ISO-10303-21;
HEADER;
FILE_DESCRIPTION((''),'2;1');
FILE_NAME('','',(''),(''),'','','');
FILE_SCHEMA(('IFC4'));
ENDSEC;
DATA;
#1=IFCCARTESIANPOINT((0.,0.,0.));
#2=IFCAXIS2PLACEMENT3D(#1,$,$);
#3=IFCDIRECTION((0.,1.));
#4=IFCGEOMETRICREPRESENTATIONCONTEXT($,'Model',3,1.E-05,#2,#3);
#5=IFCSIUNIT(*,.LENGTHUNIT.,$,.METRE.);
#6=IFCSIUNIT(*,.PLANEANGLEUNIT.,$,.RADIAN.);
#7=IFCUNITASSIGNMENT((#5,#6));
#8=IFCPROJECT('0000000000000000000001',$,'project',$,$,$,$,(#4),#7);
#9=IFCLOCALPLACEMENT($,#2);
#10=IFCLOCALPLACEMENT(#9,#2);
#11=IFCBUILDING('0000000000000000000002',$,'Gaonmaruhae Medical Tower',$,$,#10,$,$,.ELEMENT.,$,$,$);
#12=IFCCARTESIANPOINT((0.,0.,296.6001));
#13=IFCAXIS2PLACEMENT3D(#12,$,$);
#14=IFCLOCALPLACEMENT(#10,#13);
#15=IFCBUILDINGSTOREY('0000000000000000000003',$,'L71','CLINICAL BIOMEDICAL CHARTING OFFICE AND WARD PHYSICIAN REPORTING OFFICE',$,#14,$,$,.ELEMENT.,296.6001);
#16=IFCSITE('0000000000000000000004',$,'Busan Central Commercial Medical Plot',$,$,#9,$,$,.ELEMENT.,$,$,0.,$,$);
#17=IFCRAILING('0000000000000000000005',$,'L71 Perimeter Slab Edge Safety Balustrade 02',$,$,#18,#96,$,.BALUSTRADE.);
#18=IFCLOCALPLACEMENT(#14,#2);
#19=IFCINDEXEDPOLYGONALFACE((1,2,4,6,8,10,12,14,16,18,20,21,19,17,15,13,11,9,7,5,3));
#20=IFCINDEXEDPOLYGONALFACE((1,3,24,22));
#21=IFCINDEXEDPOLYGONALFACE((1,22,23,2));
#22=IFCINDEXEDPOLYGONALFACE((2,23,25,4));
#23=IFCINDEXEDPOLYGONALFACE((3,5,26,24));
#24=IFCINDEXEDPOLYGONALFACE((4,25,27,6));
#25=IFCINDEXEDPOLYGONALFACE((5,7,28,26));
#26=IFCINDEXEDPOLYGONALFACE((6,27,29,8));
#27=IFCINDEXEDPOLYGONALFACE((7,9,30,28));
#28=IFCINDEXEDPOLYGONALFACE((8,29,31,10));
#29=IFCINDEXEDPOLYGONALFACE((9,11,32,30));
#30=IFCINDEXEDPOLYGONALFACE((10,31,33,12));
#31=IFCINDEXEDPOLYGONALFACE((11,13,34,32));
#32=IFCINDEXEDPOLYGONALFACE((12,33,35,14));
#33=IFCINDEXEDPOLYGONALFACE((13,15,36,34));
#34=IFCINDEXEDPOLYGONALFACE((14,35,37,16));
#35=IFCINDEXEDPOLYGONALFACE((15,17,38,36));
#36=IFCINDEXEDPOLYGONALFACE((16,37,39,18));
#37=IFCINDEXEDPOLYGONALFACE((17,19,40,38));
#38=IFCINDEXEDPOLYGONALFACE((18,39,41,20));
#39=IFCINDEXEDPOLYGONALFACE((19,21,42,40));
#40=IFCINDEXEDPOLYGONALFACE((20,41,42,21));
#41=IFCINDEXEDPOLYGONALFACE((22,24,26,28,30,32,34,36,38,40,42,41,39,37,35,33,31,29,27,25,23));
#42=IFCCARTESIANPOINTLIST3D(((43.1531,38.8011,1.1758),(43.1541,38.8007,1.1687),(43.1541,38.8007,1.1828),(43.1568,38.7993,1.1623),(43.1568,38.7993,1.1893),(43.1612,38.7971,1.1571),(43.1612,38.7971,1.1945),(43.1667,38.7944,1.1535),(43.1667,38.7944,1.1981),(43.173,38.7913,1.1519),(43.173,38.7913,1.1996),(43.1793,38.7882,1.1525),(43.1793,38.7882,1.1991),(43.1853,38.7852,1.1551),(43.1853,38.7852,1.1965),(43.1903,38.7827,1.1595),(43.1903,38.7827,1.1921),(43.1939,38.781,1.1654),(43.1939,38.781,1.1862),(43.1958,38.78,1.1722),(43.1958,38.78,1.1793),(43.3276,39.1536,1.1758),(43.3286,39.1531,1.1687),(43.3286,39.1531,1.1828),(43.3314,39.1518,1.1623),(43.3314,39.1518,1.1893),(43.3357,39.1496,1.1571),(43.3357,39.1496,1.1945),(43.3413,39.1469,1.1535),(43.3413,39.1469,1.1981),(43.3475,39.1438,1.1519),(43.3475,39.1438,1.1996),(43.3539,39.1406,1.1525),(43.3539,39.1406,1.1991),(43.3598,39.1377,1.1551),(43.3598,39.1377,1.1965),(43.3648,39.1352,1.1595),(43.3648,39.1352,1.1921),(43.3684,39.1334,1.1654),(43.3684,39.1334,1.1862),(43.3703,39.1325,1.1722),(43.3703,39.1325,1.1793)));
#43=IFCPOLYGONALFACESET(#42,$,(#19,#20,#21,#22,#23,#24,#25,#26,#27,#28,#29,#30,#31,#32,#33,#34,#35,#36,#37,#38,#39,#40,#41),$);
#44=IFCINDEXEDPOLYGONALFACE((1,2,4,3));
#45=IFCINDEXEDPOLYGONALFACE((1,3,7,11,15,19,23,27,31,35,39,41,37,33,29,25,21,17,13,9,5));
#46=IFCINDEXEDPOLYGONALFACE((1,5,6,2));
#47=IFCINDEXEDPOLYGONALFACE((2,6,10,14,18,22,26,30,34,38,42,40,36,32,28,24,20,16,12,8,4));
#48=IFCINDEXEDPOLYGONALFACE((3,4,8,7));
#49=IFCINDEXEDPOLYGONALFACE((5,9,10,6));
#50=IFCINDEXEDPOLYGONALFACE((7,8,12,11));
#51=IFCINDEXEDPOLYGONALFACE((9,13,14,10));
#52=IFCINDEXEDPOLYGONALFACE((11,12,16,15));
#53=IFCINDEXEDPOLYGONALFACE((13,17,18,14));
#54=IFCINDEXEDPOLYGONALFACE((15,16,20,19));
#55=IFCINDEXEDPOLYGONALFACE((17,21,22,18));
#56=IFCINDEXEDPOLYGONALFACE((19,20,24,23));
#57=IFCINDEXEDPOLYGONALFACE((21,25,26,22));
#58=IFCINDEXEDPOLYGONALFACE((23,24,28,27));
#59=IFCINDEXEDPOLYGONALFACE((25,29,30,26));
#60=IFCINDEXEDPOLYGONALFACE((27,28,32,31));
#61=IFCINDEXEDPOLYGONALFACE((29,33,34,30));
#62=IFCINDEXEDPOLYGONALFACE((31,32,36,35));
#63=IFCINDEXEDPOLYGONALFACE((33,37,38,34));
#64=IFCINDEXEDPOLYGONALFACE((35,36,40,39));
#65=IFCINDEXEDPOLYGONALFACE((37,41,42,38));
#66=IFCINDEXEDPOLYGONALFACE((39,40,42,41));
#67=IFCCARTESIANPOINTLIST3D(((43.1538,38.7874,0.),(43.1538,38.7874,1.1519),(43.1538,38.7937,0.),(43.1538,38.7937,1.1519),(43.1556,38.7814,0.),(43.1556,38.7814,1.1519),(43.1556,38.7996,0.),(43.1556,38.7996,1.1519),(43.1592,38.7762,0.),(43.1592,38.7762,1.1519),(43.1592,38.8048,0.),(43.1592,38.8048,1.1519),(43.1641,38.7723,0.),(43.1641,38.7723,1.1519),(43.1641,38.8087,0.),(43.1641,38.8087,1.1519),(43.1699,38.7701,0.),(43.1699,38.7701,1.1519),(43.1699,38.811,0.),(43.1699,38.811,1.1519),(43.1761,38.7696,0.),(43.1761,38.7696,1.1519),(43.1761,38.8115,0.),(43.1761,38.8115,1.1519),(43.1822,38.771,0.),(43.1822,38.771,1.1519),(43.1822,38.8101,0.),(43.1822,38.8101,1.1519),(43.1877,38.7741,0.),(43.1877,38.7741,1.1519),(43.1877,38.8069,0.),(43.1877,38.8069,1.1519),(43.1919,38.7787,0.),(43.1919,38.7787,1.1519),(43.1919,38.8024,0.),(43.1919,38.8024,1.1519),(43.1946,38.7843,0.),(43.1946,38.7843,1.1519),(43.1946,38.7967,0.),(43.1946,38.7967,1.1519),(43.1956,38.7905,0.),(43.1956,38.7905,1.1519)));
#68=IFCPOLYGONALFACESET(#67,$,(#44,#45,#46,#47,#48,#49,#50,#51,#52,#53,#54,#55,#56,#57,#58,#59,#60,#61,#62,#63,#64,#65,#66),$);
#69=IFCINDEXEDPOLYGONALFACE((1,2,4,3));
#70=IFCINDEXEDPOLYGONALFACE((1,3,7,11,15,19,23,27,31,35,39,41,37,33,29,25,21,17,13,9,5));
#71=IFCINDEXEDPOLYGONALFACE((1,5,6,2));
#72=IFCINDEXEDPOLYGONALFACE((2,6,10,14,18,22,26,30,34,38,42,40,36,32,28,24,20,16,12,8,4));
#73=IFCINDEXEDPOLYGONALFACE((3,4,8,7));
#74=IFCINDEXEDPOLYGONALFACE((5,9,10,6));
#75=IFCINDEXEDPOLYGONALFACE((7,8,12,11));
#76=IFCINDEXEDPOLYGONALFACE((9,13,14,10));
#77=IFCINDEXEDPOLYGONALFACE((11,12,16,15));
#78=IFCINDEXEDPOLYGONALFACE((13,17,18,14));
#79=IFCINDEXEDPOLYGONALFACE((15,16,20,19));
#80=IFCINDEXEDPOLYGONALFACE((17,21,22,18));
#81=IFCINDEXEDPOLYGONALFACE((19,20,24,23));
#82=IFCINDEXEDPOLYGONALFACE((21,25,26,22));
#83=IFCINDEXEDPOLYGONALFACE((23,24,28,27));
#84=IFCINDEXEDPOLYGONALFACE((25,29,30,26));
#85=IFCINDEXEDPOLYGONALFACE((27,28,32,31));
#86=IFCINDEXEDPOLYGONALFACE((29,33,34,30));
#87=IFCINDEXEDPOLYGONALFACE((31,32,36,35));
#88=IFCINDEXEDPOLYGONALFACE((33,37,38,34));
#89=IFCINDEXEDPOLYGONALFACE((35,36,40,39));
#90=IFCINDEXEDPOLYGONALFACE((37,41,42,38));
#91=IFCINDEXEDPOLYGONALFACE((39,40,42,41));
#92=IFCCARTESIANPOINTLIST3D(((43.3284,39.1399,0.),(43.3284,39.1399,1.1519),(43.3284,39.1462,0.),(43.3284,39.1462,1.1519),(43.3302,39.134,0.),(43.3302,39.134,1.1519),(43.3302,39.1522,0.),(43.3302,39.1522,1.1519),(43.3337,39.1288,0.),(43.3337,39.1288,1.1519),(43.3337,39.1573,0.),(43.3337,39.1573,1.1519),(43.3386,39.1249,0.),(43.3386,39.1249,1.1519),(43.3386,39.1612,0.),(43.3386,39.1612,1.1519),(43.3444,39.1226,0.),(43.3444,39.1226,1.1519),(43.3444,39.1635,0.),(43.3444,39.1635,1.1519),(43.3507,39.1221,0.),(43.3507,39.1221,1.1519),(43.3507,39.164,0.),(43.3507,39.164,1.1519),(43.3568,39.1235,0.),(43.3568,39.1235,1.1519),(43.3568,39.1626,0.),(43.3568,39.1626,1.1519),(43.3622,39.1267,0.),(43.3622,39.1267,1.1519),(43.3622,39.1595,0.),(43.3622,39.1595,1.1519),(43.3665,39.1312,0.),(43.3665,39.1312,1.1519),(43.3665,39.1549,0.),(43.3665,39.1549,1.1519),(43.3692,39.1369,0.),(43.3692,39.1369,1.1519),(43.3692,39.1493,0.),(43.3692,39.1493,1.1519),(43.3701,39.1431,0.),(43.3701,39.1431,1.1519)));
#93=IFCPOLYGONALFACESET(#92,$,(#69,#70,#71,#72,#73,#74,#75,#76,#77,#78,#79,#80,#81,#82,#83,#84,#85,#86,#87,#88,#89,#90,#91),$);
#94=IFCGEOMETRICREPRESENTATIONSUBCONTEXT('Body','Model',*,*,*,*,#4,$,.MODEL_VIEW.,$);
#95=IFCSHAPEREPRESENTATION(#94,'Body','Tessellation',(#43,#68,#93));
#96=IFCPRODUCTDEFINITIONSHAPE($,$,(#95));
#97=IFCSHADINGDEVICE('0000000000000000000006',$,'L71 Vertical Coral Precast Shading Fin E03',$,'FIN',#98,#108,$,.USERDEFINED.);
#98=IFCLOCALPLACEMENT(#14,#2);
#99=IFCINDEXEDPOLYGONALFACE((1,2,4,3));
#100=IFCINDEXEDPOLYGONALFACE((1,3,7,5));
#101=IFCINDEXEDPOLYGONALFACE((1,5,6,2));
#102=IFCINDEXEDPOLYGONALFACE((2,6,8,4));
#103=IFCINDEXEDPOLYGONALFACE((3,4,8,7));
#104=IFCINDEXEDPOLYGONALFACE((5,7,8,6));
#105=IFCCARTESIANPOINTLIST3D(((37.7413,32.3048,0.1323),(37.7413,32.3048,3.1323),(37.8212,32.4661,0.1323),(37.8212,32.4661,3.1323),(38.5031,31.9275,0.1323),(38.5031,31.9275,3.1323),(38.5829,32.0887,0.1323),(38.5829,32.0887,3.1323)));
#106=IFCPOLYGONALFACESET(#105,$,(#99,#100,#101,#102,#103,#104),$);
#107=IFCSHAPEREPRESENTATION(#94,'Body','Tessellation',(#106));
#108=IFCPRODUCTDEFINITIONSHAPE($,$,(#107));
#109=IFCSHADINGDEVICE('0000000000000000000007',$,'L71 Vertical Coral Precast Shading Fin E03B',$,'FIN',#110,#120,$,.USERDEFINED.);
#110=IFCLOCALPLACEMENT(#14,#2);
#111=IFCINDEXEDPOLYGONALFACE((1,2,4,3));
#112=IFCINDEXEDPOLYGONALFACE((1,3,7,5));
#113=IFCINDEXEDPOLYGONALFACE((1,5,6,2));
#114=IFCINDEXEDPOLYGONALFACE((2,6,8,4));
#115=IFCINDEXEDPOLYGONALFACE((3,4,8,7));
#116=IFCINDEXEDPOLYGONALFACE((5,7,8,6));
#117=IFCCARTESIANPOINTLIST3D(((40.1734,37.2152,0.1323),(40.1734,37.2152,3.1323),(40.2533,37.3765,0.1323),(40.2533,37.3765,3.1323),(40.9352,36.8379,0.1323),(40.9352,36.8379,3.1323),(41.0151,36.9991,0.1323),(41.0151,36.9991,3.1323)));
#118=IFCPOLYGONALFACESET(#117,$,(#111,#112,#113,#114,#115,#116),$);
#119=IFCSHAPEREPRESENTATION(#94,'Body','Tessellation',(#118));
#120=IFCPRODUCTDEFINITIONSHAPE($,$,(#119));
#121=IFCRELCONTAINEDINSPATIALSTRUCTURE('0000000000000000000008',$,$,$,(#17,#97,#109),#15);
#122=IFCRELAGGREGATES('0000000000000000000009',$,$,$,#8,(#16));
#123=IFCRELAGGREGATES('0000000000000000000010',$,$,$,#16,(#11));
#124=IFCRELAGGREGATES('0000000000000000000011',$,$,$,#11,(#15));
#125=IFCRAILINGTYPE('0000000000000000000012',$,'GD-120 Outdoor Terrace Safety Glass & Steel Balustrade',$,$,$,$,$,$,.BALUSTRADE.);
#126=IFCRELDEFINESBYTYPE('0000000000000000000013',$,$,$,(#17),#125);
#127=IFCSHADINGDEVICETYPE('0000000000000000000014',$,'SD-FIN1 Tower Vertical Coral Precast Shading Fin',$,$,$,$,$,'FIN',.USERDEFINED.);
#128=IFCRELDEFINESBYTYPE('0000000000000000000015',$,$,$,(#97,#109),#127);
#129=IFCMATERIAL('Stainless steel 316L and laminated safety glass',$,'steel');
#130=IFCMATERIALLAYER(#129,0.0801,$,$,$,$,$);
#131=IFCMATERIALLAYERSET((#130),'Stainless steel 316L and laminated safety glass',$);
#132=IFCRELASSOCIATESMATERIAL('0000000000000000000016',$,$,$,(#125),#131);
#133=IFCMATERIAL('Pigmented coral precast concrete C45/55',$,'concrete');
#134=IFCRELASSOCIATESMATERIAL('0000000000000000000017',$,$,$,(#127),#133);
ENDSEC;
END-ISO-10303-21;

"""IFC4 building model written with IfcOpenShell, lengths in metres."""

from ifc_helpers import new_model, si_unit, direction, frame, origin, origin_2d, place, context, subcontext, project, spatial, rectangle, circle, extrude, material, layer, layer_set, type_object, element, save


model = new_model("IFC4")

# Units and contexts
model_context = context("Model", 3, precision=1e-05, world=origin(), true_north=direction((0.0, 1.0)))
body_context = subcontext(model_context, "Body", "Model", "MODEL_VIEW")
ifc_project = project(units=[si_unit("LENGTHUNIT", "METRE"), si_unit("PLANEANGLEUNIT", "RADIAN")], contexts=[model_context])

# Site, building, storey
site_placement = place(None, origin())
site = spatial("IfcSite", under=ifc_project, at=site_placement, Name="Busan Central Commercial Medical Plot", CompositionType="ELEMENT", RefElevation=0.0)
building_placement = place(site_placement, origin())
building = spatial("IfcBuilding", under=site, at=building_placement, Name="Gaonmaruhae Medical Tower", CompositionType="ELEMENT")
storey_placement = place(building_placement, frame((0.0, 0.0, 296.6001)))
storey = spatial("IfcBuildingStorey", under=building, at=storey_placement, Name="L71", Description="CLINICAL BIOMEDICAL CHARTING OFFICE AND WARD PHYSICIAN REPORTING OFFICE", CompositionType="ELEMENT", Elevation=296.6001)

# Railing
ifc_material_1 = material(Name="Stainless steel 316L and laminated safety glass", Category="steel")
ifc_layer_1 = layer(ifc_material_1, 0.0801)
ifc_layer_set_1 = layer_set([ifc_layer_1], Name="Stainless steel 316L and laminated safety glass")
railing_type = type_object("IfcRailingType", Name="GD-120 Outdoor Terrace Safety Glass & Steel Balustrade", PredefinedType="BALUSTRADE", material=ifc_layer_set_1)
railing_placement = place(storey_placement, frame((43.1746, 38.7905, 0.0)))
element("IfcRailing", 1, at=railing_placement, inside=storey, type_object=railing_type, Name="L71 Perimeter Slab Edge Safety Balustrade 02", PredefinedType="BALUSTRADE", context=body_context, shape_type="SweptSolid", body=[
    extrude(circle(Radius=0.0239, at=origin_2d()), frame((0.0, 0.0, 1.1758), z_axis=(0.443735, 0.896158, 0.0), x_axis=(-0.896158, 0.443735, 0.0)), (0.0, 0.0, 1.0), 0.3933),
    extrude(circle(Radius=0.021, at=origin_2d()), origin(), (0.0, 0.0, 1.0), 1.1519),
    extrude(circle(Radius=0.021, at=origin_2d()), frame((0.1746, 0.3525, 0.0)), (0.0, 0.0, 1.0), 1.1519),
])

# Shading devices
ifc_material_2 = material(Name="Pigmented coral precast concrete C45/55", Category="concrete")
shading_device_type = type_object("IfcShadingDeviceType", Name="SD-FIN1 Tower Vertical Coral Precast Shading Fin", ElementType="FIN", PredefinedType="USERDEFINED", material=ifc_material_2)
for number, where, z_axis, x_axis, name in (
    (2, (38.1621, 32.1968, 0.1323), (0.0, 0.0, 1.0), (0.443853, 0.896099, 0.0), "L71 Vertical Coral Precast Shading Fin E03"),
    (3, (40.5942, 37.1072, 0.1323), (0.0, 0.0, 1.0), (0.443853, 0.896099, 0.0), "L71 Vertical Coral Precast Shading Fin E03B"),
):
    element("IfcShadingDevice", number, at=place(storey_placement, frame(where, z_axis=z_axis, x_axis=x_axis)), inside=storey, type_object=shading_device_type, Name=name, ObjectType="FIN", PredefinedType="USERDEFINED", context=body_context, shape_type="SweptSolid", body=[
        extrude(rectangle(XDim=0.1799, YDim=0.8501, at=origin_2d()), origin(), (0.0, 0.0, 1.0), 3.0),
    ])

save(model, "model.ifc")
